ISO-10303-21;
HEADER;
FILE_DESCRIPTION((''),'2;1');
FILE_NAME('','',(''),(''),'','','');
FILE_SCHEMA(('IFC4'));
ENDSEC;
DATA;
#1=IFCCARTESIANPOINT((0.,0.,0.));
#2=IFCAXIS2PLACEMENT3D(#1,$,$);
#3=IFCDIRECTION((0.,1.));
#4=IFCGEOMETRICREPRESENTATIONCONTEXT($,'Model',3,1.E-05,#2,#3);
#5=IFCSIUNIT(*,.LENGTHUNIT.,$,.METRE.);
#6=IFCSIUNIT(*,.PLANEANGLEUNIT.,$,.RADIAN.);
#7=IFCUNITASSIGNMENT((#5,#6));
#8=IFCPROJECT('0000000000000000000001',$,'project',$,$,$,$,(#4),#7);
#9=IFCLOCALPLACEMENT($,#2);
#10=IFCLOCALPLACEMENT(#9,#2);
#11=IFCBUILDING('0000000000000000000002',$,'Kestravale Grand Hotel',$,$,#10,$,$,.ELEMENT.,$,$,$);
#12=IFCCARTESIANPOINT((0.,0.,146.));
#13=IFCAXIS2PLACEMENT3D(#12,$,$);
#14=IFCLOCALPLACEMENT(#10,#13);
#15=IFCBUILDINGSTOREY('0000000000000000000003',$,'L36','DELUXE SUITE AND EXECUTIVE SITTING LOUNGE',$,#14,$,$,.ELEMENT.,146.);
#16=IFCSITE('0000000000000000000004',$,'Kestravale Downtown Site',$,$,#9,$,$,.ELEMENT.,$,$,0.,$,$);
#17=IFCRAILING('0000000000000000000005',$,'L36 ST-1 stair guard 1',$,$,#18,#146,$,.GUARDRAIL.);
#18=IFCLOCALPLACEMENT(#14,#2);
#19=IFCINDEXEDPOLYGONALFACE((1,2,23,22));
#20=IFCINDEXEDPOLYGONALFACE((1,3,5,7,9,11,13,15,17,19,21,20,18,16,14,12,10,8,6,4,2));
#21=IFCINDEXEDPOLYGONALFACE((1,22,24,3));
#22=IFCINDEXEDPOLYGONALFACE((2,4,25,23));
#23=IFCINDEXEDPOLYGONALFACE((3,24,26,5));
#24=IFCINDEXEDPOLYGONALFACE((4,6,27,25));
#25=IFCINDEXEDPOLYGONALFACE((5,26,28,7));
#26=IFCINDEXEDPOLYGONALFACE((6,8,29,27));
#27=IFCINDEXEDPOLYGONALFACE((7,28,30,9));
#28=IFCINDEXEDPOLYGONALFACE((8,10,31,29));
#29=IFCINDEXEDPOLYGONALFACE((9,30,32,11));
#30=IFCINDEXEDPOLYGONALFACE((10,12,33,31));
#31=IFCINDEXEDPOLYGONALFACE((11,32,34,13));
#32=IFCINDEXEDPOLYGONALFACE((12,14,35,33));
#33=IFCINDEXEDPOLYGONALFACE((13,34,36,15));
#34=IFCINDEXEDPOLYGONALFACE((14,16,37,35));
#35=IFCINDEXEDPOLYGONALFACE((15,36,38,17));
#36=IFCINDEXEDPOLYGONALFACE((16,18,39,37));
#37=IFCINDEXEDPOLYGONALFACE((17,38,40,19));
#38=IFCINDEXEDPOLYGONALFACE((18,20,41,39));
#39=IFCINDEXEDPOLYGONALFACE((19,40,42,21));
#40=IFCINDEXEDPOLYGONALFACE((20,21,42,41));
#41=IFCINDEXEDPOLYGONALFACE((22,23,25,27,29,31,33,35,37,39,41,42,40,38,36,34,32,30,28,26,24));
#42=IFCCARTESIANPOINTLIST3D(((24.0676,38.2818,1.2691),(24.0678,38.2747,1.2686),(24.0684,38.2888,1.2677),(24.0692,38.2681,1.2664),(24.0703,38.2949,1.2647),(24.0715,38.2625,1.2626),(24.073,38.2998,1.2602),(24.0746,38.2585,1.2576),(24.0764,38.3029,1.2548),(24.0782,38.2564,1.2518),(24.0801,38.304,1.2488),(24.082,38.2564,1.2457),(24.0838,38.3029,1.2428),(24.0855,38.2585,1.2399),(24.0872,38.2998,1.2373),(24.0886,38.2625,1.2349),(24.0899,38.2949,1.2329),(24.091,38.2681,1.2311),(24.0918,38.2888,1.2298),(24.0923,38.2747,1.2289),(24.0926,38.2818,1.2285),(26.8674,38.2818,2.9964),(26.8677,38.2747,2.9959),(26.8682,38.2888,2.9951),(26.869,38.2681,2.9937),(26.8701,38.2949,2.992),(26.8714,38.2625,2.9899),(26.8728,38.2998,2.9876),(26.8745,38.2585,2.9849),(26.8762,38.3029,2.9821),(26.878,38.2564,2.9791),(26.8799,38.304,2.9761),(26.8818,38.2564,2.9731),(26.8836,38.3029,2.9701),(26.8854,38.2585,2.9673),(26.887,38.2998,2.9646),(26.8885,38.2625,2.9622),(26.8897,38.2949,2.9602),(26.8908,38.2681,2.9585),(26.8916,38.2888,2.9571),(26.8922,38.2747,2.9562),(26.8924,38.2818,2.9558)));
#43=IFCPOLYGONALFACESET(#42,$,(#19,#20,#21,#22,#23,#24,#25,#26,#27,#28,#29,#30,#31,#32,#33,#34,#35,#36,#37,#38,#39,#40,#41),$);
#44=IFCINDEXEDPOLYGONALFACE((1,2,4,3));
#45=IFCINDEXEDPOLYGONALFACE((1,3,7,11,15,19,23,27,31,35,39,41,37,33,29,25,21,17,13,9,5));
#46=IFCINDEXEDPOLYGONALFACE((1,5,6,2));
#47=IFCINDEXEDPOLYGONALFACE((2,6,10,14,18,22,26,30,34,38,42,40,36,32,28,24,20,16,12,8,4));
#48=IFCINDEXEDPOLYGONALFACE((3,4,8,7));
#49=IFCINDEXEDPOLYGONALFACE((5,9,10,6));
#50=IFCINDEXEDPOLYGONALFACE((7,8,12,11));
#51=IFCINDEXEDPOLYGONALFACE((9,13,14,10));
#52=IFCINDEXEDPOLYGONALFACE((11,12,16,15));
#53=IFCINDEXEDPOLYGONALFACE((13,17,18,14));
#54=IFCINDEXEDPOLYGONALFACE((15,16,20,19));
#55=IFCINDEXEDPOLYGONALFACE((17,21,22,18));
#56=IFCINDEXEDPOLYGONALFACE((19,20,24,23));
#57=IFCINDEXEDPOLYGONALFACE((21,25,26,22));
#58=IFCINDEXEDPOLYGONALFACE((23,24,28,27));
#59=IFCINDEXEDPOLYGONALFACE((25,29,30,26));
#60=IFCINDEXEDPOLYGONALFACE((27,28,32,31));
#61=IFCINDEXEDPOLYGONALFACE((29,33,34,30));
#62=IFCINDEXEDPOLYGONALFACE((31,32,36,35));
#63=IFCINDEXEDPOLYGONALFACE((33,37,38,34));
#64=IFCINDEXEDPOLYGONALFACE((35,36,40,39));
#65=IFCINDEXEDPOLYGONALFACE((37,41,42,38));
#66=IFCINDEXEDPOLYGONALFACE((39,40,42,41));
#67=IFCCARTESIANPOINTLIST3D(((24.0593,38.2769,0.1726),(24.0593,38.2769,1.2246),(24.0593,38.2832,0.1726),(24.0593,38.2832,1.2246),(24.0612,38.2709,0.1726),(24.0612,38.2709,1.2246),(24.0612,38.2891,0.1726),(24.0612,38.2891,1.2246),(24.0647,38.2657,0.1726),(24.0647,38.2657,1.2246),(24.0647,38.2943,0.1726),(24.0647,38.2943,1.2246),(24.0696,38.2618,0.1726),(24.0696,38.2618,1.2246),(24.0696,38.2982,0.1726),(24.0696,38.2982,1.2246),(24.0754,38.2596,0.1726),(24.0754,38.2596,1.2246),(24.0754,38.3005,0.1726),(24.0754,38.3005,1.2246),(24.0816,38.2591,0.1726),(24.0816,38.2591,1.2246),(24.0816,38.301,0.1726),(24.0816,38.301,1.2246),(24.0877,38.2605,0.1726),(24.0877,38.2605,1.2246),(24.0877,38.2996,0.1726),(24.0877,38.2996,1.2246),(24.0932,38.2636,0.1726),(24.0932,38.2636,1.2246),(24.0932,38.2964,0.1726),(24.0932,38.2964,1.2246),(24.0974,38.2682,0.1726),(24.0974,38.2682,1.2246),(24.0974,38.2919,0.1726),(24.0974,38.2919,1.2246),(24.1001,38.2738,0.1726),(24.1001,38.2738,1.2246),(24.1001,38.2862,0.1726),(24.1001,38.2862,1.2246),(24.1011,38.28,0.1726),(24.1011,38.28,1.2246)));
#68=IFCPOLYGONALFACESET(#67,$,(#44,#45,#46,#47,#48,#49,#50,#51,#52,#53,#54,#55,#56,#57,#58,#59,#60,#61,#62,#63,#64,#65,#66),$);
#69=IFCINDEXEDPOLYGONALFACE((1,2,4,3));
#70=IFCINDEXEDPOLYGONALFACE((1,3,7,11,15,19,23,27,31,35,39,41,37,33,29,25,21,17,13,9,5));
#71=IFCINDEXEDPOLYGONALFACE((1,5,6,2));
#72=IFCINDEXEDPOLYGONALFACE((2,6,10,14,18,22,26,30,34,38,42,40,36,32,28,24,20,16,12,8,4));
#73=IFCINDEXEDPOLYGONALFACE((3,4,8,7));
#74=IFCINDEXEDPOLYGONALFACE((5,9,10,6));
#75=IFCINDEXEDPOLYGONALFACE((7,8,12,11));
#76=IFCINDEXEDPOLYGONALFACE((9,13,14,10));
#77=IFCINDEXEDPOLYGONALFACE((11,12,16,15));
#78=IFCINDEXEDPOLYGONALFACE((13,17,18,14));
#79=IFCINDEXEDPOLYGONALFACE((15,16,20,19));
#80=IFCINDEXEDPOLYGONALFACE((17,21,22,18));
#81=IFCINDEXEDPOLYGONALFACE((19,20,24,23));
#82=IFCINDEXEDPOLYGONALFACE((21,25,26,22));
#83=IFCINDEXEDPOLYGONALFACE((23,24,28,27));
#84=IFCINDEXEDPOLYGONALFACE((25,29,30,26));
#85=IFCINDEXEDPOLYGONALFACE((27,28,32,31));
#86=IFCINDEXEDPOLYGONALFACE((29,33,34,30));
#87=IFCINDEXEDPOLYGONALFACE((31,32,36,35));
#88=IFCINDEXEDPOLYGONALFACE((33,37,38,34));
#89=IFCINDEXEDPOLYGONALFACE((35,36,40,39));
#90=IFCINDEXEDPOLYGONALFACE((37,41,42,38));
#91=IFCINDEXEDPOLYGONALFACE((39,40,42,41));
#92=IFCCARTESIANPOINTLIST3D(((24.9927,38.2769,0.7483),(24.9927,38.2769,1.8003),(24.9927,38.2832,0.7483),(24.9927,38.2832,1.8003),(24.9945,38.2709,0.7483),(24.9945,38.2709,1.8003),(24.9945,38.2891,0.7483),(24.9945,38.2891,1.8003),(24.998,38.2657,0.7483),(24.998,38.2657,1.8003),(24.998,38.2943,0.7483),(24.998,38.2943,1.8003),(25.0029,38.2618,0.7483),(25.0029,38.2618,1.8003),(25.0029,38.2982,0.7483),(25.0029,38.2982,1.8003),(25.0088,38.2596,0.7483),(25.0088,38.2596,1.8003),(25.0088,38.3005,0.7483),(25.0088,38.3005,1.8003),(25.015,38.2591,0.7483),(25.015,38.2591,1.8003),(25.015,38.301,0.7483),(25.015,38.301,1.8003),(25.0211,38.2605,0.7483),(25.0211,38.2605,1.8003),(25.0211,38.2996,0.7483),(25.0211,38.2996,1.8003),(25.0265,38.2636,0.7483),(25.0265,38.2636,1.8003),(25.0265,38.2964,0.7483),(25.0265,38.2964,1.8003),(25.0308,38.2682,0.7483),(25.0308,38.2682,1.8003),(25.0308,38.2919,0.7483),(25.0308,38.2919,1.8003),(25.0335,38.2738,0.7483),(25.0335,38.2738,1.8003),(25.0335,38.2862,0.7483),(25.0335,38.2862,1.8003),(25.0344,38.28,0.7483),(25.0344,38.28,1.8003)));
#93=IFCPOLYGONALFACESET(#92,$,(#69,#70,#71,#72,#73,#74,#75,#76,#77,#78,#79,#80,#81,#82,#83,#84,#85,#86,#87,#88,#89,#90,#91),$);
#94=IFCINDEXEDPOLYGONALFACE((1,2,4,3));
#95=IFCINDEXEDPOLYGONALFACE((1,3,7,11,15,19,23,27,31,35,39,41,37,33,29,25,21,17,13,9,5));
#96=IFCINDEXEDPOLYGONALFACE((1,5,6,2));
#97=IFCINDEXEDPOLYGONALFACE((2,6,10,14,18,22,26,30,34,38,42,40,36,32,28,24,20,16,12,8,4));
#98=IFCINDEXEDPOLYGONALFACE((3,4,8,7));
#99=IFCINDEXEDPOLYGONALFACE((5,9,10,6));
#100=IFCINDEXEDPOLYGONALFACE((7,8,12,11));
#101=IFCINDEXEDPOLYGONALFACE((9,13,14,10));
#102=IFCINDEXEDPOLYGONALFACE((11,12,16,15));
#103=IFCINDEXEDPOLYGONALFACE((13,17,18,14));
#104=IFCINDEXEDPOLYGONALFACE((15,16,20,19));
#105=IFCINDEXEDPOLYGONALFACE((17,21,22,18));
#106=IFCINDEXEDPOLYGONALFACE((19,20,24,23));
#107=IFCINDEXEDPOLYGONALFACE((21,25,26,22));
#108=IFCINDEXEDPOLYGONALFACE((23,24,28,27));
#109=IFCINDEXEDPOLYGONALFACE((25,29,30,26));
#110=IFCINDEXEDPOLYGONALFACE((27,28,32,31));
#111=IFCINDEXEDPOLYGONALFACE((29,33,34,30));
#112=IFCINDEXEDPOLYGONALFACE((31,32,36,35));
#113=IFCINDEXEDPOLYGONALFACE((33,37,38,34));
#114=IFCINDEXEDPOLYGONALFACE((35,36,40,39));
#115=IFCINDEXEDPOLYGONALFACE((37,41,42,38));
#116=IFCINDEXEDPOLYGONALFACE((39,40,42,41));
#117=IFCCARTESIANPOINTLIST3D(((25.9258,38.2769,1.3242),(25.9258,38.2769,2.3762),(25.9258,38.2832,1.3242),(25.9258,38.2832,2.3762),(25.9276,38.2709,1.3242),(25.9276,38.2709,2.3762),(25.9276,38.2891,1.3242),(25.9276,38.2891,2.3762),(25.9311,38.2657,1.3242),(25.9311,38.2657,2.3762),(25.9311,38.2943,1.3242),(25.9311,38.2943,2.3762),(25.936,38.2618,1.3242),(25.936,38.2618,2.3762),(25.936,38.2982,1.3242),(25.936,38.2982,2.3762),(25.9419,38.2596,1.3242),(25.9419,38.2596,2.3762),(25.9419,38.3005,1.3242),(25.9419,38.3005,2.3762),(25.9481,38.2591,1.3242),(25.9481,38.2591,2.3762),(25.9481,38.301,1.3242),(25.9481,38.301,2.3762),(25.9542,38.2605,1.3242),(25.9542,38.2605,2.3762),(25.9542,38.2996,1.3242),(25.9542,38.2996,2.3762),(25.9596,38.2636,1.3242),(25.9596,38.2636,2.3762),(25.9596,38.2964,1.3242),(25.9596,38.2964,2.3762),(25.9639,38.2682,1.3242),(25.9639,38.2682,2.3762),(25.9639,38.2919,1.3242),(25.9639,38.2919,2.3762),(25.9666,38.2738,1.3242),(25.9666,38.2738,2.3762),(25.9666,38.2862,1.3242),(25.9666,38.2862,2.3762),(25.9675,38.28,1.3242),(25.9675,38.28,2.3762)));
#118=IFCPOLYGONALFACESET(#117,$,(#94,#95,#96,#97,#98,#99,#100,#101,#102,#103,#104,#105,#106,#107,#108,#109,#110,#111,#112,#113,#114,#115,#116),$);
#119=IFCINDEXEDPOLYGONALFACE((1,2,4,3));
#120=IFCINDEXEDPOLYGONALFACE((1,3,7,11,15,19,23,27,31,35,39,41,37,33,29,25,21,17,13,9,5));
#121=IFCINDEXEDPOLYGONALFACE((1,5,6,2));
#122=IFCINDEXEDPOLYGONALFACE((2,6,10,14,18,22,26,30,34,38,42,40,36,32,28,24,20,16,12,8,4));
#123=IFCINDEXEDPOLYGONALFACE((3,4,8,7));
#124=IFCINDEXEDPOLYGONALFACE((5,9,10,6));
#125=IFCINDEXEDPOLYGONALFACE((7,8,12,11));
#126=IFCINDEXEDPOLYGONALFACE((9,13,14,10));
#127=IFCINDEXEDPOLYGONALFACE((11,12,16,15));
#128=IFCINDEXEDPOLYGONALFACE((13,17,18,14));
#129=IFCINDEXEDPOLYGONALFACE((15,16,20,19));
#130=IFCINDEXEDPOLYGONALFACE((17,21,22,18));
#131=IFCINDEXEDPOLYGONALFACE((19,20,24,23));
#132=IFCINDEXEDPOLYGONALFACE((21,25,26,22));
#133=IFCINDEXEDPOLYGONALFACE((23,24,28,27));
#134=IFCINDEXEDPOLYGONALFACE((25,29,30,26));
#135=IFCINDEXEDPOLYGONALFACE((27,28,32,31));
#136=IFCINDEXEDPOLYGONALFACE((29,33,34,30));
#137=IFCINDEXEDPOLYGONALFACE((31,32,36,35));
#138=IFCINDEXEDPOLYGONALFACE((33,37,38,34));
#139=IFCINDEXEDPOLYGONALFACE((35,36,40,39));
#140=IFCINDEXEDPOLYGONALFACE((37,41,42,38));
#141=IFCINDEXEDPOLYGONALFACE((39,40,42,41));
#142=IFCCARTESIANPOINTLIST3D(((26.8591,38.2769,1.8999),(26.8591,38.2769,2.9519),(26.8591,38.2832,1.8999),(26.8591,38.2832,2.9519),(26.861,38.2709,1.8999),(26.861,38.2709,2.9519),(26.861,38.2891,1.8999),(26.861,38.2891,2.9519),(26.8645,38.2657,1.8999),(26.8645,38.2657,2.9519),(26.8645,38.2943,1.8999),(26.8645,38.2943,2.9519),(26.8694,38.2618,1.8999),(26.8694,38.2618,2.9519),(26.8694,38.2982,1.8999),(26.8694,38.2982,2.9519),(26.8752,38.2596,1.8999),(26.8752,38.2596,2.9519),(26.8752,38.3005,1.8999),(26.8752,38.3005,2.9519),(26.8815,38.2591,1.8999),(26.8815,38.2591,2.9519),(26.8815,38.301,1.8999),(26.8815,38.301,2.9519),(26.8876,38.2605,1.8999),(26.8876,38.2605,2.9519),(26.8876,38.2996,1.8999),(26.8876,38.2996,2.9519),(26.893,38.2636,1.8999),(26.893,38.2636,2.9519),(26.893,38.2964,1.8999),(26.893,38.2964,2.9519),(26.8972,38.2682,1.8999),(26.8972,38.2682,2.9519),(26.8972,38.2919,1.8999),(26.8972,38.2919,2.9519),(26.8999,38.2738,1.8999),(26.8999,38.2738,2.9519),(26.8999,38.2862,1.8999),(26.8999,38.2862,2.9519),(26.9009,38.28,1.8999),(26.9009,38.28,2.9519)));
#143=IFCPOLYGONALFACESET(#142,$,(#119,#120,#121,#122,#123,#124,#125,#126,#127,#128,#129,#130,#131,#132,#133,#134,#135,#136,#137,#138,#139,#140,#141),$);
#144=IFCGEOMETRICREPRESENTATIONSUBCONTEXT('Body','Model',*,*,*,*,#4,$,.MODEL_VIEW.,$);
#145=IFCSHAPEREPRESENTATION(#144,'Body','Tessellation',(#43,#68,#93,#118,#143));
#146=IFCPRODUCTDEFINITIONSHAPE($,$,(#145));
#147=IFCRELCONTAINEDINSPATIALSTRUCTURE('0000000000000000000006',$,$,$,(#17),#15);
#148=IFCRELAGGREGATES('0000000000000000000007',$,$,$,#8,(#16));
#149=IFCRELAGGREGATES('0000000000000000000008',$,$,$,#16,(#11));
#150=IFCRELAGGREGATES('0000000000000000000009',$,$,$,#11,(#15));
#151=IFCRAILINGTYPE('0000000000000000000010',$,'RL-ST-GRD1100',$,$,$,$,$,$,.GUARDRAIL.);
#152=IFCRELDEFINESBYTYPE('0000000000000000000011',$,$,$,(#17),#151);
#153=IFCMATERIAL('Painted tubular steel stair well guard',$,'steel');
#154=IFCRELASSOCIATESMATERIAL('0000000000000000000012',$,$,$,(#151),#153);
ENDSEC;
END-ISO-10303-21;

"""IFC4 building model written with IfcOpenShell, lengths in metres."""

from ifc_helpers import new_model, si_unit, direction, frame, origin, origin_2d, place, context, subcontext, project, spatial, circle, extrude, material, type_object, element, save


model = new_model("IFC4")

# Units and contexts
model_context = context("Model", 3, precision=1e-05, world=origin(), true_north=direction((0.0, 1.0)))
body_context = subcontext(model_context, "Body", "Model", "MODEL_VIEW")
ifc_project = project(units=[si_unit("LENGTHUNIT", "METRE"), si_unit("PLANEANGLEUNIT", "RADIAN")], contexts=[model_context])

# Site, building, storey
site_placement = place(None, origin())
site = spatial("IfcSite", under=ifc_project, at=site_placement, Name="Kestravale Downtown Site", CompositionType="ELEMENT", RefElevation=0.0)
building_placement = place(site_placement, origin())
building = spatial("IfcBuilding", under=site, at=building_placement, Name="Kestravale Grand Hotel", CompositionType="ELEMENT")
storey_placement = place(building_placement, frame((0.0, 0.0, 146.0)))
storey = spatial("IfcBuildingStorey", under=building, at=storey_placement, Name="L36", Description="DELUXE SUITE AND EXECUTIVE SITTING LOUNGE", CompositionType="ELEMENT", Elevation=146.0)

# Railing
ifc_material_1 = material(Name="Painted tubular steel stair well guard", Category="steel")
railing_type_1 = type_object("IfcRailingType", Name="RL-ST-GRD1100", PredefinedType="GUARDRAIL", material=ifc_material_1)
railing_1_placement = place(storey_placement, frame((24.0801, 38.28, 0.1726)))
element("IfcRailing", 1, at=railing_1_placement, inside=storey, type_object=railing_type_1, Name="L36 ST-1 stair guard 1", PredefinedType="GUARDRAIL", context=body_context, shape_type="SweptSolid", body=[
    extrude(circle(Radius=0.0239, at=origin_2d()), frame((0.0, 0.0, 1.0762), z_axis=(0.851069, 0.0, 0.525054), x_axis=(0.0, 1.0, 0.0)), (0.0, 0.0, 1.0), 3.2898),
    extrude(circle(Radius=0.021, at=origin_2d()), origin(), (0.0, 0.0, 1.0), 1.052),
    extrude(circle(Radius=0.021, at=origin_2d()), frame((0.9333, 0.0, 0.5757)), (0.0, 0.0, 1.0), 1.052),
    extrude(circle(Radius=0.021, at=origin_2d()), frame((1.8665, 0.0, 1.1516)), (0.0, 0.0, 1.0), 1.052),
    extrude(circle(Radius=0.021, at=origin_2d()), frame((2.7998, 0.0, 1.7273)), (0.0, 0.0, 1.0), 1.052),
])

save(model, "model.ifc")
